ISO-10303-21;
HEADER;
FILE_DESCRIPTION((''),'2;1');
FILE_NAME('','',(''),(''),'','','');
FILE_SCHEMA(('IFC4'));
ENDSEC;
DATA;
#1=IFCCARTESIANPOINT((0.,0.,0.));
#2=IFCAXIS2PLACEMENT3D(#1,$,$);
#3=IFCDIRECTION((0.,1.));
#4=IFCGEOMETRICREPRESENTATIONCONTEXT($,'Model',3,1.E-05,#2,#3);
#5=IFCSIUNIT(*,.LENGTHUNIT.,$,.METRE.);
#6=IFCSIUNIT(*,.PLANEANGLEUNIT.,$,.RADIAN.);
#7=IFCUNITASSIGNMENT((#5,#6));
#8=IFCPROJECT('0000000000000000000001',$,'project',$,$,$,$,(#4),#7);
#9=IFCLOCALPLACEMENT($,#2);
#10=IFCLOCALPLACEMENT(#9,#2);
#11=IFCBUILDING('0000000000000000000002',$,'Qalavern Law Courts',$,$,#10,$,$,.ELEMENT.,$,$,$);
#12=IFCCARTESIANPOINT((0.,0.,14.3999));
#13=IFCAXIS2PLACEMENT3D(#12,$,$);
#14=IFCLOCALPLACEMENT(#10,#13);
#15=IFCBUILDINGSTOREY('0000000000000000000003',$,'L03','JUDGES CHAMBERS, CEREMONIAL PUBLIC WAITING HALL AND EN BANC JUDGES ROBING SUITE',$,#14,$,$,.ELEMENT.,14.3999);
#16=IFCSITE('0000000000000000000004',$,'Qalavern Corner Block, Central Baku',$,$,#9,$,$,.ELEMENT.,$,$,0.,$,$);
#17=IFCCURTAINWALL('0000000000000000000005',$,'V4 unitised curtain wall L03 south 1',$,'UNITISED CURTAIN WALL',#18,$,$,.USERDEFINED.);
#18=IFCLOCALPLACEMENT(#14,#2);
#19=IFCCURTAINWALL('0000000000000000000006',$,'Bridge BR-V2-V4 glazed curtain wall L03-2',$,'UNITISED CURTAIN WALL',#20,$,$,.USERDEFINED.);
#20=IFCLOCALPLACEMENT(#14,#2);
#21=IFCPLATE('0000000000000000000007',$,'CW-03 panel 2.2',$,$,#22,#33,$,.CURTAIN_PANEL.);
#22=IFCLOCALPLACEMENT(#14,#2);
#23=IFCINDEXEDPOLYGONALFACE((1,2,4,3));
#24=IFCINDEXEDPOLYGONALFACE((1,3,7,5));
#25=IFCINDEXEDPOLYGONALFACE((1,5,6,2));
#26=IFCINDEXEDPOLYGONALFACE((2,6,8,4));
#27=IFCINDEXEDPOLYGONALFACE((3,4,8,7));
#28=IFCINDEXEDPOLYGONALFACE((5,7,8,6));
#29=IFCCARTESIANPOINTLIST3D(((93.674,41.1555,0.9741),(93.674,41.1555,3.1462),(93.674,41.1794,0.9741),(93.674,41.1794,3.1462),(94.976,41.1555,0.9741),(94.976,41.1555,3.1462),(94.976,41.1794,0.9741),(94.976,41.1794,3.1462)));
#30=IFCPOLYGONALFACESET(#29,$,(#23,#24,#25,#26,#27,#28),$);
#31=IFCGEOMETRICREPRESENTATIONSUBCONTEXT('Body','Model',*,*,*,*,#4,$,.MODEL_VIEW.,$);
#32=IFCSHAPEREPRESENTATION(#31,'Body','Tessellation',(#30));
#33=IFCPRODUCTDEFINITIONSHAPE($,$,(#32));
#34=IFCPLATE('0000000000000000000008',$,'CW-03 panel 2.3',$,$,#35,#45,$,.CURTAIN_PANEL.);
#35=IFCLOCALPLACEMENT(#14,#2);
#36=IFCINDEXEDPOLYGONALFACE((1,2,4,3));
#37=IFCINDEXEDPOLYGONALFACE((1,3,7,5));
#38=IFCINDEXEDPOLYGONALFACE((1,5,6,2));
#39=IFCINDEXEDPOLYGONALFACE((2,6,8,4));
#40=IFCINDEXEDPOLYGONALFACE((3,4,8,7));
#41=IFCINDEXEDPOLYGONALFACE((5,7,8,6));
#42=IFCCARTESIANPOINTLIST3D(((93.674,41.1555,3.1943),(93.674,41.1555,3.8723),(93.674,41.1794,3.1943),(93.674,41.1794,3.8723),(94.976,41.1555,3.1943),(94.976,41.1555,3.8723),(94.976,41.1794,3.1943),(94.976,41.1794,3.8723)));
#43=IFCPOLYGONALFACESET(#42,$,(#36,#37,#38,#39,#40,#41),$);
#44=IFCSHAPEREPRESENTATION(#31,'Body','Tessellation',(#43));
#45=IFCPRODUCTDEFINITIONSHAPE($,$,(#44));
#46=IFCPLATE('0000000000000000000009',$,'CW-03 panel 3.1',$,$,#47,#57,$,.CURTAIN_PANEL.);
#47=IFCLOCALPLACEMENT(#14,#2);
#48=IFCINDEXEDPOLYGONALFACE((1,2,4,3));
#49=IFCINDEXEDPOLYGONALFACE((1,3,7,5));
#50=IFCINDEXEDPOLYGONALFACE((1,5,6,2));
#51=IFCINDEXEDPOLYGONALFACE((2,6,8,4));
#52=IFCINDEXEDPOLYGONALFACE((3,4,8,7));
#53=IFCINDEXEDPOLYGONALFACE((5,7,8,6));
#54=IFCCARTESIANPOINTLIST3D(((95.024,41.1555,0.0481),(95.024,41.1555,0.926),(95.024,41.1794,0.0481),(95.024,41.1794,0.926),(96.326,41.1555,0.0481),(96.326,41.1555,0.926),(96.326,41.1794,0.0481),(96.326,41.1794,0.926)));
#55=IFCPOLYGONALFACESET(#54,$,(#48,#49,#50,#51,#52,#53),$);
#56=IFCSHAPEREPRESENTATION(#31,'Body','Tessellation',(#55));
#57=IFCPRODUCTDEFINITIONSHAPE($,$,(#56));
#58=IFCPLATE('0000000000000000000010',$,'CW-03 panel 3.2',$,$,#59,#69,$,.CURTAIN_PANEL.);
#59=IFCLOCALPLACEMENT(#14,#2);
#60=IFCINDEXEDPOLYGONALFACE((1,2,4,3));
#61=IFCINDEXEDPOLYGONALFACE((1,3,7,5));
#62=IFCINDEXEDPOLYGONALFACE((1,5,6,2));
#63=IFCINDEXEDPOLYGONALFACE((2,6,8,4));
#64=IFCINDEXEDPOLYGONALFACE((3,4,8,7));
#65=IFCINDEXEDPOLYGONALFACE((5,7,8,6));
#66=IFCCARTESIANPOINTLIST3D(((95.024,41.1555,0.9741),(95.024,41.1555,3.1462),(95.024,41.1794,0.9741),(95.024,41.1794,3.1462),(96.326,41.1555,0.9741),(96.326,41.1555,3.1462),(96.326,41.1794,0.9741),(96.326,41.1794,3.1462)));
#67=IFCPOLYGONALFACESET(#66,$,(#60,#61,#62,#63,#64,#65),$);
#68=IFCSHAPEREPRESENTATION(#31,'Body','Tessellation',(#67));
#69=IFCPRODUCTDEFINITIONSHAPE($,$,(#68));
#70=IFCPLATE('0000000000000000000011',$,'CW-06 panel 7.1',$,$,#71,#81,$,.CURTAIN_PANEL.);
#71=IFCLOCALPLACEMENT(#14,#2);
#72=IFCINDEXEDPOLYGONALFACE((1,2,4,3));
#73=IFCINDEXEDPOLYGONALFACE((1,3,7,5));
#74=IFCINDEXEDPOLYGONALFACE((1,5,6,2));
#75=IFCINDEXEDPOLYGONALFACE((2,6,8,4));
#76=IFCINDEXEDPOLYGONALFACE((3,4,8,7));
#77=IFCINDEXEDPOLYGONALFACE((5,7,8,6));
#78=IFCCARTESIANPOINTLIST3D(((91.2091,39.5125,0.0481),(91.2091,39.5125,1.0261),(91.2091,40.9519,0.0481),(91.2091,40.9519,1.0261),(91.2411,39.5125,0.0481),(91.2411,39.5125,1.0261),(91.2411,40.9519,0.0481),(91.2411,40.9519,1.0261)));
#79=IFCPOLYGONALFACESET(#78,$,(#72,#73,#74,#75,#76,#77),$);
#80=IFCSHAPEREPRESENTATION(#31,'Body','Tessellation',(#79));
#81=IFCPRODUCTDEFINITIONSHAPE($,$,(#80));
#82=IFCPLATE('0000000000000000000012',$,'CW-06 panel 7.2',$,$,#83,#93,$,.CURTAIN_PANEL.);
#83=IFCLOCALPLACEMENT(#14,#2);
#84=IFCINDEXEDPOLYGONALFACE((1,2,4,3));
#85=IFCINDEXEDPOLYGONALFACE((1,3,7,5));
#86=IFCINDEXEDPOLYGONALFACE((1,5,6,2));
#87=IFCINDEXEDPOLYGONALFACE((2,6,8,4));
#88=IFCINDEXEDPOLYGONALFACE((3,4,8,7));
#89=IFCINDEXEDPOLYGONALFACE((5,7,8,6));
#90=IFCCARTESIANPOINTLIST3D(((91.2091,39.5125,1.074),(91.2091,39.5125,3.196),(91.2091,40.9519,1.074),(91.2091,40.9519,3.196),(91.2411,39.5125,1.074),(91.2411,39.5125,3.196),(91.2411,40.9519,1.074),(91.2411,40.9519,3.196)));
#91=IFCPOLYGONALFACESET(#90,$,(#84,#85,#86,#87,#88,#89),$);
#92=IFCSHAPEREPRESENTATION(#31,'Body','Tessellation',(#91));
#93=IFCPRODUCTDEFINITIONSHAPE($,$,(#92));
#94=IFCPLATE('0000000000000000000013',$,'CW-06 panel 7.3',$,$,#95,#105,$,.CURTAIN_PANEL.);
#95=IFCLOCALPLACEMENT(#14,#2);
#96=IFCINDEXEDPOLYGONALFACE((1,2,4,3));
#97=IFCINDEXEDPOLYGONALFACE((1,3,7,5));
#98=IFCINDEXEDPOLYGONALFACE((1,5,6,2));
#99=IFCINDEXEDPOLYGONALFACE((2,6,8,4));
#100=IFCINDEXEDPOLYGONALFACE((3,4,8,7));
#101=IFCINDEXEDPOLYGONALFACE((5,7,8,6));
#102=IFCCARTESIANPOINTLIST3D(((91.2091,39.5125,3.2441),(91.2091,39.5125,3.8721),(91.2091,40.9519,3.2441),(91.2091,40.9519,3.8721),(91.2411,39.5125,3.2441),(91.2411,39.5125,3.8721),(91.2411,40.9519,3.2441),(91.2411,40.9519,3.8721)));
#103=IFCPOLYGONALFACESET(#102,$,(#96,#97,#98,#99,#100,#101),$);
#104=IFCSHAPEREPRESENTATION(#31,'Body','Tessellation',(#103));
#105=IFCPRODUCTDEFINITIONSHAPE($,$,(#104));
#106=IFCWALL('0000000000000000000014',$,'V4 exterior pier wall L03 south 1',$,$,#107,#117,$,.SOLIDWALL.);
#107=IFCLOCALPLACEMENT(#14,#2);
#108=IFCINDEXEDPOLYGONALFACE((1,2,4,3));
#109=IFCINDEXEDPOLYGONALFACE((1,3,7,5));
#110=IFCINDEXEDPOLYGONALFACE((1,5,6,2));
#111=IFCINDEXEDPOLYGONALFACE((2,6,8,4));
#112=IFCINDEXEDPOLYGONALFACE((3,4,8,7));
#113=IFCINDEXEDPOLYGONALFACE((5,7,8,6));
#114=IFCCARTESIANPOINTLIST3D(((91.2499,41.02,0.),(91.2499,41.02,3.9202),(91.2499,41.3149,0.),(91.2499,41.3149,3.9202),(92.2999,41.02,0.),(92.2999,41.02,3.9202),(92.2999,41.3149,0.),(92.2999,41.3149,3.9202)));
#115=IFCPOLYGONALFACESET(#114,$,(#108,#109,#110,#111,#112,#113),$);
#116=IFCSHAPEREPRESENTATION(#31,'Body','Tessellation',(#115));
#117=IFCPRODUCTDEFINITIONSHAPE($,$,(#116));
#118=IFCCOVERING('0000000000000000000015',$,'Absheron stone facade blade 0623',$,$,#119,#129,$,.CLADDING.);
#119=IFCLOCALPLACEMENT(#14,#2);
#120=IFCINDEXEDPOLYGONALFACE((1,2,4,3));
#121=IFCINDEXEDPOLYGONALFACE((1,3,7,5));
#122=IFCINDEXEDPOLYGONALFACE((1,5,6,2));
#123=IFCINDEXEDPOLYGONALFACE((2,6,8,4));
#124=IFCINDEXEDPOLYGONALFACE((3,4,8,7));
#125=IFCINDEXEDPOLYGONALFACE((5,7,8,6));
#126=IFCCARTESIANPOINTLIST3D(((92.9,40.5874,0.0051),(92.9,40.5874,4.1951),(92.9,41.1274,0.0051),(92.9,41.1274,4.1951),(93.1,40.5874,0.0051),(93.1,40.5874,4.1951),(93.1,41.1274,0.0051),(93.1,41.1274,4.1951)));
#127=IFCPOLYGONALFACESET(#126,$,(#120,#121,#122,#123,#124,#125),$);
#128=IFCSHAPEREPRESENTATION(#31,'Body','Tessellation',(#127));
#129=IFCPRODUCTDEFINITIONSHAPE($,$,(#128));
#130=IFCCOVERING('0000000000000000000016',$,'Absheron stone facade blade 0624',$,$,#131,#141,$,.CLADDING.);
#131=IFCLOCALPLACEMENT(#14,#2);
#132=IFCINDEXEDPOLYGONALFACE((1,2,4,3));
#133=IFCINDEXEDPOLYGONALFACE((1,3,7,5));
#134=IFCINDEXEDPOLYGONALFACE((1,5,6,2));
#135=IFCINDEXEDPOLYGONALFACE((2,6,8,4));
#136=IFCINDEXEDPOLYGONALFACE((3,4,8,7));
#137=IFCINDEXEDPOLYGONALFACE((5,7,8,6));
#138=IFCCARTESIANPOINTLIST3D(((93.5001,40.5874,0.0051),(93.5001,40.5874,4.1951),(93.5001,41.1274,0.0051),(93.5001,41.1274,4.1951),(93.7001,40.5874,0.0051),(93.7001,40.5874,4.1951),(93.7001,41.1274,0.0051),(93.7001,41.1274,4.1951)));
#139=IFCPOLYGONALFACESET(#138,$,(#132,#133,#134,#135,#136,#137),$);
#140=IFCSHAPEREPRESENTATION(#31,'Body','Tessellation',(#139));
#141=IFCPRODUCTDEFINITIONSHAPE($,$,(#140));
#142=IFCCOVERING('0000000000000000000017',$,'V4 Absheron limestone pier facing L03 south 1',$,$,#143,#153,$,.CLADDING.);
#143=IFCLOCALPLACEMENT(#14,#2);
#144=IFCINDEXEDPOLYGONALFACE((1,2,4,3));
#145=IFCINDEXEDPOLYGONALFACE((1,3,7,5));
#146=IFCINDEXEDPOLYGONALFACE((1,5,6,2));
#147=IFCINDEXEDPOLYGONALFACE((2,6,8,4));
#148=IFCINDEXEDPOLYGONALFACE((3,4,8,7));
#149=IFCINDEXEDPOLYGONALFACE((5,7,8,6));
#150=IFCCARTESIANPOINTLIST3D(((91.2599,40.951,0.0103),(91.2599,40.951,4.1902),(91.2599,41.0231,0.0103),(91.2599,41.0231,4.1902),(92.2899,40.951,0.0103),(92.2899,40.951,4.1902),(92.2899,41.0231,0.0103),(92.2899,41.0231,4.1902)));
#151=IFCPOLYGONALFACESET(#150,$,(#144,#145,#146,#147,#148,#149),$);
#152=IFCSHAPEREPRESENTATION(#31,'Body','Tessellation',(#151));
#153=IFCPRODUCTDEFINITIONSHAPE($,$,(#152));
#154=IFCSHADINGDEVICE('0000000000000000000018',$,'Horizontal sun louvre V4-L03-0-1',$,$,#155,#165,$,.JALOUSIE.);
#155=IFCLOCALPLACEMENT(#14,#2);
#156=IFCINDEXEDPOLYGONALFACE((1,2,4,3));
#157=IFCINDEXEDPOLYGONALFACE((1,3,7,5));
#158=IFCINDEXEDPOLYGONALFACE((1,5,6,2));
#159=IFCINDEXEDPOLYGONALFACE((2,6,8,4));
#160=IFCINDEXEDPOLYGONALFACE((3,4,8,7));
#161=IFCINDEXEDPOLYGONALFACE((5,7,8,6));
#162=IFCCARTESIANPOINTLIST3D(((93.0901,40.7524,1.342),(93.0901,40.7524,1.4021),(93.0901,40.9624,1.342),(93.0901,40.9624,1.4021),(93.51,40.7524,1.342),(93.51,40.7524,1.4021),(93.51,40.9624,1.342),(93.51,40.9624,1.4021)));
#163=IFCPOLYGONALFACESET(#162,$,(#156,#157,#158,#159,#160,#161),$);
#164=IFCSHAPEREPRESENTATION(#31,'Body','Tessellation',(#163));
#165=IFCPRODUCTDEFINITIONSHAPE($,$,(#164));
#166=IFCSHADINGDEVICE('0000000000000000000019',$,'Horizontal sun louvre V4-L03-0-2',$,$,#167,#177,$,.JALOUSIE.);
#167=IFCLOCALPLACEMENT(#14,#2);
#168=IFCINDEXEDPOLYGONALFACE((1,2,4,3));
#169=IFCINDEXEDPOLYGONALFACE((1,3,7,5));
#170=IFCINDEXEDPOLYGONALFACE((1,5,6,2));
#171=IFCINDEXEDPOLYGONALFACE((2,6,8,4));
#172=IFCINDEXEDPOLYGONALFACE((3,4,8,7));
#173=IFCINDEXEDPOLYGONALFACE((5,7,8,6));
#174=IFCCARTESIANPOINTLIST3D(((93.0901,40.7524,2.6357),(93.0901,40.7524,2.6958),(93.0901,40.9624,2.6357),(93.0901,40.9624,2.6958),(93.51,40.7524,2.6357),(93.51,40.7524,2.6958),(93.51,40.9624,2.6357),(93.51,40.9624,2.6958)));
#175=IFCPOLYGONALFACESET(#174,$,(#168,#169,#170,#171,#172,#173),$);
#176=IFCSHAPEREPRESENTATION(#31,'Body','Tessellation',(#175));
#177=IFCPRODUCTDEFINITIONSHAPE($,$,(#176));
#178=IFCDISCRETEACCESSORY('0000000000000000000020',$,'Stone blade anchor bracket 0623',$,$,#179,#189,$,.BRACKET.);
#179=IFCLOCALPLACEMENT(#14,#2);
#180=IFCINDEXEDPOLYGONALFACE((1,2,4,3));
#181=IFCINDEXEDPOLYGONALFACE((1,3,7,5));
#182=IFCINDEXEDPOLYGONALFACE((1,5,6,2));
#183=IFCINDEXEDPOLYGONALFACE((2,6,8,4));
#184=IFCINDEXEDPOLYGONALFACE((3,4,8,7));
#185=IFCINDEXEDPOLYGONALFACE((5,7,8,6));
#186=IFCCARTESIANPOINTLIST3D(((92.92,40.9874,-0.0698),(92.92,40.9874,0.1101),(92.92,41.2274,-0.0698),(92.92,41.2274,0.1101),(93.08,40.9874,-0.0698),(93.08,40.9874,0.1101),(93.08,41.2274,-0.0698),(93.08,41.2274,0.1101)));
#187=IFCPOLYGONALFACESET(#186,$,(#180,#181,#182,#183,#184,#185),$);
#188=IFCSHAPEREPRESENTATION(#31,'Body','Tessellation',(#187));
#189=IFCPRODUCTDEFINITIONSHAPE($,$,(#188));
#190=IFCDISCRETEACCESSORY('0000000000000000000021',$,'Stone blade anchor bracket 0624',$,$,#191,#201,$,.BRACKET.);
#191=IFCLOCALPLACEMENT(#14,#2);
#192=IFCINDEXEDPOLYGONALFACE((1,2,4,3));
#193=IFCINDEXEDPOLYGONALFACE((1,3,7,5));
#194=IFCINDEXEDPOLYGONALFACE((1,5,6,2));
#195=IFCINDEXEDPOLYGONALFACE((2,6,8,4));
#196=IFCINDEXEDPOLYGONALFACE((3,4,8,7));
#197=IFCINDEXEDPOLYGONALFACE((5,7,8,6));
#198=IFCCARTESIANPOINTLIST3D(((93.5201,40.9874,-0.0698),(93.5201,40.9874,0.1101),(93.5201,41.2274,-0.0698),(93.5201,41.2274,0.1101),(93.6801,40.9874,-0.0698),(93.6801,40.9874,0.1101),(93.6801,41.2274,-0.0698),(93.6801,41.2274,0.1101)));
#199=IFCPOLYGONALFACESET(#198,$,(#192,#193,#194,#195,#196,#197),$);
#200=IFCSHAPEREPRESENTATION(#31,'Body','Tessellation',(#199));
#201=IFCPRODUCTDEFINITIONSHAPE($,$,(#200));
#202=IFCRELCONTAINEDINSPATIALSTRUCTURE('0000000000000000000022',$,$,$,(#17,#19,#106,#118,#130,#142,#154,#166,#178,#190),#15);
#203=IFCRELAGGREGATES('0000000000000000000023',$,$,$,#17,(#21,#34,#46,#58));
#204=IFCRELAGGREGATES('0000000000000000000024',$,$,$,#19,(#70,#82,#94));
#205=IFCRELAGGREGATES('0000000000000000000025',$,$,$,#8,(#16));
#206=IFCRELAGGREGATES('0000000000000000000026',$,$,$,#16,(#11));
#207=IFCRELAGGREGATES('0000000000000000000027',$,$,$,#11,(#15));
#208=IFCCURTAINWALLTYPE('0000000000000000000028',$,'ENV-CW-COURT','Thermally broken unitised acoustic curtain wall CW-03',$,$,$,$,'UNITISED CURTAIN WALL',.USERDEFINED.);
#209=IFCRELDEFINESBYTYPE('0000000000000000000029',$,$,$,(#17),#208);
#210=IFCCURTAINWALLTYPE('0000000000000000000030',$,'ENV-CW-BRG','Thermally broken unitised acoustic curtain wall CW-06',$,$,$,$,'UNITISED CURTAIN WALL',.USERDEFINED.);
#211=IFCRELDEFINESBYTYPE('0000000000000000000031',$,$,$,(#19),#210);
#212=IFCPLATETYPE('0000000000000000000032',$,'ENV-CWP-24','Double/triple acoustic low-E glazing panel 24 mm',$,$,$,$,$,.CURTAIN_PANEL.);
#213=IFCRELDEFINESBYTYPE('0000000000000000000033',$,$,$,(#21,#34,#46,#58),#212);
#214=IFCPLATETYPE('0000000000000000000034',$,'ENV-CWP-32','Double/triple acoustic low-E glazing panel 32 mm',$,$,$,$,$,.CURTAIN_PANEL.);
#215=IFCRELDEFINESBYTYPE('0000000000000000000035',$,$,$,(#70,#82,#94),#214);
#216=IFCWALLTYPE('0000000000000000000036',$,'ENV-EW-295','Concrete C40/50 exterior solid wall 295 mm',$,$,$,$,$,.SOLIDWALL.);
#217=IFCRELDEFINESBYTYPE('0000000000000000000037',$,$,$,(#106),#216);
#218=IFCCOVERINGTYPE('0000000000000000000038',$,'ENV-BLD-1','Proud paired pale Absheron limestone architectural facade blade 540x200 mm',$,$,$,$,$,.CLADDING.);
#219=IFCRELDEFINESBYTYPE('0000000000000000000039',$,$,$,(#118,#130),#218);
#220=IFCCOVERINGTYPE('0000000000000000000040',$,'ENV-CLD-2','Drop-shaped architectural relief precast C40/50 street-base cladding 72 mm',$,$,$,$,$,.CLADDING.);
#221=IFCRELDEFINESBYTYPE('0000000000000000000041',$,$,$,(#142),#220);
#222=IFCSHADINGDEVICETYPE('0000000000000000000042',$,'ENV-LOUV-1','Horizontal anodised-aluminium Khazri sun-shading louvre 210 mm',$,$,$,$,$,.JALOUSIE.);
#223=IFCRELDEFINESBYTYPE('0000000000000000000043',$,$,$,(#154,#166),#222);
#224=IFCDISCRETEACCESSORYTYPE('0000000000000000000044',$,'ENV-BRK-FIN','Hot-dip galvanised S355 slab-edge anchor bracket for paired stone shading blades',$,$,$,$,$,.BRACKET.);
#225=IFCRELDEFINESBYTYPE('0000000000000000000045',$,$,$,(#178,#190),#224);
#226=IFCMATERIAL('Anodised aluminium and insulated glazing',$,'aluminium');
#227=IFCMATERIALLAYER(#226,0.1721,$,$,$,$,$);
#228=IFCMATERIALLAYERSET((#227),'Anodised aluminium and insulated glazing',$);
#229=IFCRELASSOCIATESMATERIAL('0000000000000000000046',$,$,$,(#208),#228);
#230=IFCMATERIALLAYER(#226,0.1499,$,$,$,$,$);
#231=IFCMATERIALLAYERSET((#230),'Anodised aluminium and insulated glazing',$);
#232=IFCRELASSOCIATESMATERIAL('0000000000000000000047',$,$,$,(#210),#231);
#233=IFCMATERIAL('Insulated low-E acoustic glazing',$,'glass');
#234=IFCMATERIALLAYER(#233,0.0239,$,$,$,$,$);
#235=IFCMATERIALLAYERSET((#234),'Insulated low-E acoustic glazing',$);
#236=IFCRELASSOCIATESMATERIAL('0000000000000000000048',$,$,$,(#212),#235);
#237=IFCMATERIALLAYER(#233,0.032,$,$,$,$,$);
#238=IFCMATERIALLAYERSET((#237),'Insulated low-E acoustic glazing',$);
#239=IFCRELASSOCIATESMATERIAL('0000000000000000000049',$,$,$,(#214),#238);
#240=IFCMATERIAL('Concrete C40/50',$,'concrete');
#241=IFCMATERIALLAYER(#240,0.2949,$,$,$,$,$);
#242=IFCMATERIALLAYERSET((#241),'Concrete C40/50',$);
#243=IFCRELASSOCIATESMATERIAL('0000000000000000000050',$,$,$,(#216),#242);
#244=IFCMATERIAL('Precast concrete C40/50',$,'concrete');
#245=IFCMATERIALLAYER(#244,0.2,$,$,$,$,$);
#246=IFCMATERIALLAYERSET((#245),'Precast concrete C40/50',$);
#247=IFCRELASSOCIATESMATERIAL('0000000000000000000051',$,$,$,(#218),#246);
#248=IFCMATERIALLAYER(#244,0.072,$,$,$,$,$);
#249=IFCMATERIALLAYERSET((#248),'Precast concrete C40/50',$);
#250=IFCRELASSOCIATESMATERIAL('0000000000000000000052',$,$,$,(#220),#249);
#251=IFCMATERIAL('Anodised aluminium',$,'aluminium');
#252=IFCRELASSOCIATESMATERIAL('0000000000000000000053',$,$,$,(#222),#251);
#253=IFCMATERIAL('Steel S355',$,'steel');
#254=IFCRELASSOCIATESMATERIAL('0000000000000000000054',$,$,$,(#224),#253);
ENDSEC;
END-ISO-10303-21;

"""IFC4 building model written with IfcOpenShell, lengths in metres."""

from ifc_helpers import new_model, si_unit, direction, frame, frame_2d, origin, origin_2d, place, context, subcontext, project, spatial, rectangle, extrude, material, layer, layer_set, type_object, element, aggregate, save


model = new_model("IFC4")

# Units and contexts
model_context = context("Model", 3, precision=1e-05, world=origin(), true_north=direction((0.0, 1.0)))
body_context = subcontext(model_context, "Body", "Model", "MODEL_VIEW")
ifc_project = project(units=[si_unit("LENGTHUNIT", "METRE"), si_unit("PLANEANGLEUNIT", "RADIAN")], contexts=[model_context])

# Site, building, storey
site_placement = place(None, origin())
site = spatial("IfcSite", under=ifc_project, at=site_placement, Name="Qalavern Corner Block, Central Baku", CompositionType="ELEMENT", RefElevation=0.0)
building_placement = place(site_placement, origin())
building = spatial("IfcBuilding", under=site, at=building_placement, Name="Qalavern Law Courts", CompositionType="ELEMENT")
storey_placement = place(building_placement, frame((0.0, 0.0, 14.3999)))
storey = spatial("IfcBuildingStorey", under=building, at=storey_placement, Name="L03", Description="JUDGES CHAMBERS, CEREMONIAL PUBLIC WAITING HALL AND EN BANC JUDGES ROBING SUITE", CompositionType="ELEMENT", Elevation=14.3999)

# Curtain wall
ifc_material_1 = material(Name="Anodised aluminium and insulated glazing", Category="aluminium")
ifc_layer_1 = layer(ifc_material_1, 0.1721)
ifc_layer_set_1 = layer_set([ifc_layer_1], Name="Anodised aluminium and insulated glazing")
curtain_wall_type_1 = type_object("IfcCurtainWallType", Name="ENV-CW-COURT", Description="Thermally broken unitised acoustic curtain wall CW-03", ElementType="UNITISED CURTAIN WALL", PredefinedType="USERDEFINED", material=ifc_layer_set_1)
curtain_wall_1_placement = place(storey_placement, origin())
curtain_wall_1 = element("IfcCurtainWall", 1, at=curtain_wall_1_placement, inside=storey, type_object=curtain_wall_type_1, Name="V4 unitised curtain wall L03 south 1", ObjectType="UNITISED CURTAIN WALL", PredefinedType="USERDEFINED")
ifc_material_2 = material(Name="Anodised aluminium", Category="aluminium")

# Curtain wall
ifc_layer_2 = layer(ifc_material_1, 0.1499)
ifc_layer_set_2 = layer_set([ifc_layer_2], Name="Anodised aluminium and insulated glazing")
curtain_wall_type_2 = type_object("IfcCurtainWallType", Name="ENV-CW-BRG", Description="Thermally broken unitised acoustic curtain wall CW-06", ElementType="UNITISED CURTAIN WALL", PredefinedType="USERDEFINED", material=ifc_layer_set_2)
curtain_wall_2_placement = place(storey_placement, origin())
curtain_wall_2 = element("IfcCurtainWall", 2, at=curtain_wall_2_placement, inside=storey, type_object=curtain_wall_type_2, Name="Bridge BR-V2-V4 glazed curtain wall L03-2", ObjectType="UNITISED CURTAIN WALL", PredefinedType="USERDEFINED")

# Plates
ifc_material_3 = material(Name="Insulated low-E acoustic glazing", Category="glass")
ifc_layer_3 = layer(ifc_material_3, 0.0239)
ifc_layer_set_3 = layer_set([ifc_layer_3], Name="Insulated low-E acoustic glazing")
plate_type_1 = type_object("IfcPlateType", Name="ENV-CWP-24", Description="Double/triple acoustic low-E glazing panel 24 mm", PredefinedType="CURTAIN_PANEL", material=ifc_layer_set_3)
plate_1_placement = place(storey_placement, frame((94.325, 41.1675, 0.9741), z_axis=(0.0, 0.0, 1.0), x_axis=(1.0, 0.0, 0.0)))
plate_1 = element("IfcPlate", 3, at=plate_1_placement, type_object=plate_type_1, Name="CW-03 panel 2.2", PredefinedType="CURTAIN_PANEL", context=body_context, shape_type="SweptSolid", body=[
    extrude(rectangle(XDim=1.302, YDim=0.0239, at=origin_2d()), origin(), (0.0, 0.0, 1.0), 2.1721),
])
plate_2_placement = place(storey_placement, frame((94.325, 41.1675, 3.1943), z_axis=(0.0, 0.0, 1.0), x_axis=(1.0, 0.0, 0.0)))
plate_2 = element("IfcPlate", 4, at=plate_2_placement, type_object=plate_type_1, Name="CW-03 panel 2.3", PredefinedType="CURTAIN_PANEL", context=body_context, shape_type="SweptSolid", body=[
    extrude(rectangle(XDim=1.302, YDim=0.0239, at=origin_2d()), origin(), (0.0, 0.0, 1.0), 0.678),
])
plate_3_placement = place(storey_placement, frame((95.675, 41.1675, 0.0481), z_axis=(0.0, 0.0, 1.0), x_axis=(1.0, 0.0, 0.0)))
plate_3 = element("IfcPlate", 5, at=plate_3_placement, type_object=plate_type_1, Name="CW-03 panel 3.1", PredefinedType="CURTAIN_PANEL", context=body_context, shape_type="SweptSolid", body=[
    extrude(rectangle(XDim=1.302, YDim=0.0239, at=origin_2d()), origin(), (0.0, 0.0, 1.0), 0.8779),
])
plate_4_placement = place(storey_placement, frame((95.675, 41.1675, 0.9741), z_axis=(0.0, 0.0, 1.0), x_axis=(1.0, 0.0, 0.0)))
plate_4 = element("IfcPlate", 6, at=plate_4_placement, type_object=plate_type_1, Name="CW-03 panel 3.2", PredefinedType="CURTAIN_PANEL", context=body_context, shape_type="SweptSolid", body=[
    extrude(rectangle(XDim=1.302, YDim=0.0239, at=origin_2d()), origin(), (0.0, 0.0, 1.0), 2.1721),
])
aggregate(curtain_wall_1, [plate_1, plate_2, plate_3, plate_4])
ifc_layer_4 = layer(ifc_material_3, 0.032)
ifc_layer_set_4 = layer_set([ifc_layer_4], Name="Insulated low-E acoustic glazing")
plate_type_2 = type_object("IfcPlateType", Name="ENV-CWP-32", Description="Double/triple acoustic low-E glazing panel 32 mm", PredefinedType="CURTAIN_PANEL", material=ifc_layer_set_4)
plate_5_placement = place(storey_placement, frame((91.2251, 40.2322, 0.0481), z_axis=(0.0, 0.0, 1.0), x_axis=(0.0, 1.0, 0.0)))
plate_5 = element("IfcPlate", 7, at=plate_5_placement, type_object=plate_type_2, Name="CW-06 panel 7.1", PredefinedType="CURTAIN_PANEL", context=body_context, shape_type="SweptSolid", body=[
    extrude(rectangle(XDim=1.4395, YDim=0.032, at=origin_2d()), origin(), (0.0, 0.0, 1.0), 0.978),
])
plate_6_placement = place(storey_placement, frame((91.2251, 40.2322, 1.074), z_axis=(0.0, 0.0, 1.0), x_axis=(0.0, 1.0, 0.0)))
plate_6 = element("IfcPlate", 8, at=plate_6_placement, type_object=plate_type_2, Name="CW-06 panel 7.2", PredefinedType="CURTAIN_PANEL", context=body_context, shape_type="SweptSolid", body=[
    extrude(rectangle(XDim=1.4395, YDim=0.032, at=origin_2d()), origin(), (0.0, 0.0, 1.0), 2.1221),
])
plate_7_placement = place(storey_placement, frame((91.2251, 40.2322, 3.2441), z_axis=(0.0, 0.0, 1.0), x_axis=(0.0, 1.0, 0.0)))
plate_7 = element("IfcPlate", 9, at=plate_7_placement, type_object=plate_type_2, Name="CW-06 panel 7.3", PredefinedType="CURTAIN_PANEL", context=body_context, shape_type="SweptSolid", body=[
    extrude(rectangle(XDim=1.4395, YDim=0.032, at=origin_2d()), origin(), (0.0, 0.0, 1.0), 0.6279),
])
aggregate(curtain_wall_2, [plate_5, plate_6, plate_7])

# Wall
ifc_material_4 = material(Name="Concrete C40/50", Category="concrete")
ifc_layer_5 = layer(ifc_material_4, 0.2949)
ifc_layer_set_5 = layer_set([ifc_layer_5], Name="Concrete C40/50")
wall_type = type_object("IfcWallType", Name="ENV-EW-295", Description="Concrete C40/50 exterior solid wall 295 mm", PredefinedType="SOLIDWALL", material=ifc_layer_set_5)
wall_placement = place(storey_placement, frame((91.25, 41.1675, 0.0), z_axis=(0.0, 0.0, 1.0), x_axis=(1.0, 0.0, 0.0)))
element("IfcWall", 10, at=wall_placement, inside=storey, type_object=wall_type, Name="V4 exterior pier wall L03 south 1", PredefinedType="SOLIDWALL", context=body_context, shape_type="SweptSolid", body=[
    extrude(rectangle(XDim=1.05, YDim=0.2949, at=frame_2d((0.5249, 0.0))), origin(), (0.0, 0.0, 1.0), 3.9202),
])

# Coverings
ifc_material_5 = material(Name="Precast concrete C40/50", Category="concrete")
ifc_layer_6 = layer(ifc_material_5, 0.2)
ifc_layer_set_6 = layer_set([ifc_layer_6], Name="Precast concrete C40/50")
covering_type_1 = type_object("IfcCoveringType", Name="ENV-BLD-1", Description="Proud paired pale Absheron limestone architectural facade blade 540x200 mm", PredefinedType="CLADDING", material=ifc_layer_set_6)
for number, where, z_axis, x_axis, name in (
    (11, (93.0, 40.8574, 0.0051), (0.0, 0.0, 1.0), (0.0, -1.0, 0.0), "Absheron stone facade blade 0623"),
    (12, (93.6001, 40.8574, 0.0051), (0.0, 0.0, 1.0), (0.0, -1.0, 0.0), "Absheron stone facade blade 0624"),
):
    element("IfcCovering", number, at=place(storey_placement, frame(where, z_axis=z_axis, x_axis=x_axis)), inside=storey, type_object=covering_type_1, Name=name, PredefinedType="CLADDING", context=body_context, shape_type="SweptSolid", body=[
        extrude(rectangle(XDim=0.54, YDim=0.2, at=origin_2d()), origin(), (0.0, 0.0, 1.0), 4.1899),
    ])
ifc_layer_7 = layer(ifc_material_5, 0.072)
ifc_layer_set_7 = layer_set([ifc_layer_7], Name="Precast concrete C40/50")
covering_type_2 = type_object("IfcCoveringType", Name="ENV-CLD-2", Description="Drop-shaped architectural relief precast C40/50 street-base cladding 72 mm", PredefinedType="CLADDING", material=ifc_layer_set_7)
covering_placement = place(storey_placement, frame((91.7749, 40.9871, 0.0103), z_axis=(0.0, 0.0, 1.0), x_axis=(1.0, 0.0, 0.0)))
element("IfcCovering", 13, at=covering_placement, inside=storey, type_object=covering_type_2, Name="V4 Absheron limestone pier facing L03 south 1", PredefinedType="CLADDING", context=body_context, shape_type="SweptSolid", body=[
    extrude(rectangle(XDim=1.03, YDim=0.072, at=origin_2d()), origin(), (0.0, 0.0, 1.0), 4.1799),
])

# Shading devices
shading_device_type = type_object("IfcShadingDeviceType", Name="ENV-LOUV-1", Description="Horizontal anodised-aluminium Khazri sun-shading louvre 210 mm", PredefinedType="JALOUSIE", material=ifc_material_2)
for number, where, z_axis, x_axis, name in (
    (14, (93.3, 40.8574, 1.342), (0.0, 0.0, 1.0), (1.0, 0.0, 0.0), "Horizontal sun louvre V4-L03-0-1"),
    (15, (93.3, 40.8574, 2.6357), (0.0, 0.0, 1.0), (1.0, 0.0, 0.0), "Horizontal sun louvre V4-L03-0-2"),
):
    element("IfcShadingDevice", number, at=place(storey_placement, frame(where, z_axis=z_axis, x_axis=x_axis)), inside=storey, type_object=shading_device_type, Name=name, PredefinedType="JALOUSIE", context=body_context, shape_type="SweptSolid", body=[
        extrude(rectangle(XDim=0.4199, YDim=0.21, at=origin_2d()), origin(), (0.0, 0.0, 1.0), 0.0601),
    ])

# Discrete accessories
ifc_material_6 = material(Name="Steel S355", Category="steel")
discrete_accessory_type = type_object("IfcDiscreteAccessoryType", Name="ENV-BRK-FIN", Description="Hot-dip galvanised S355 slab-edge anchor bracket for paired stone shading blades", PredefinedType="BRACKET", material=ifc_material_6)
for number, where, z_axis, x_axis, name in (
    (16, (93.0, 41.1074, -0.0698), (0.0, 0.0, 1.0), (0.0, -1.0, 0.0), "Stone blade anchor bracket 0623"),
    (17, (93.6001, 41.1074, -0.0698), (0.0, 0.0, 1.0), (0.0, -1.0, 0.0), "Stone blade anchor bracket 0624"),
):
    element("IfcDiscreteAccessory", number, at=place(storey_placement, frame(where, z_axis=z_axis, x_axis=x_axis)), inside=storey, type_object=discrete_accessory_type, Name=name, PredefinedType="BRACKET", context=body_context, shape_type="SweptSolid", body=[
        extrude(rectangle(XDim=0.24, YDim=0.1599, at=origin_2d()), origin(), (0.0, 0.0, 1.0), 0.1799),
    ])

save(model, "model.ifc")
